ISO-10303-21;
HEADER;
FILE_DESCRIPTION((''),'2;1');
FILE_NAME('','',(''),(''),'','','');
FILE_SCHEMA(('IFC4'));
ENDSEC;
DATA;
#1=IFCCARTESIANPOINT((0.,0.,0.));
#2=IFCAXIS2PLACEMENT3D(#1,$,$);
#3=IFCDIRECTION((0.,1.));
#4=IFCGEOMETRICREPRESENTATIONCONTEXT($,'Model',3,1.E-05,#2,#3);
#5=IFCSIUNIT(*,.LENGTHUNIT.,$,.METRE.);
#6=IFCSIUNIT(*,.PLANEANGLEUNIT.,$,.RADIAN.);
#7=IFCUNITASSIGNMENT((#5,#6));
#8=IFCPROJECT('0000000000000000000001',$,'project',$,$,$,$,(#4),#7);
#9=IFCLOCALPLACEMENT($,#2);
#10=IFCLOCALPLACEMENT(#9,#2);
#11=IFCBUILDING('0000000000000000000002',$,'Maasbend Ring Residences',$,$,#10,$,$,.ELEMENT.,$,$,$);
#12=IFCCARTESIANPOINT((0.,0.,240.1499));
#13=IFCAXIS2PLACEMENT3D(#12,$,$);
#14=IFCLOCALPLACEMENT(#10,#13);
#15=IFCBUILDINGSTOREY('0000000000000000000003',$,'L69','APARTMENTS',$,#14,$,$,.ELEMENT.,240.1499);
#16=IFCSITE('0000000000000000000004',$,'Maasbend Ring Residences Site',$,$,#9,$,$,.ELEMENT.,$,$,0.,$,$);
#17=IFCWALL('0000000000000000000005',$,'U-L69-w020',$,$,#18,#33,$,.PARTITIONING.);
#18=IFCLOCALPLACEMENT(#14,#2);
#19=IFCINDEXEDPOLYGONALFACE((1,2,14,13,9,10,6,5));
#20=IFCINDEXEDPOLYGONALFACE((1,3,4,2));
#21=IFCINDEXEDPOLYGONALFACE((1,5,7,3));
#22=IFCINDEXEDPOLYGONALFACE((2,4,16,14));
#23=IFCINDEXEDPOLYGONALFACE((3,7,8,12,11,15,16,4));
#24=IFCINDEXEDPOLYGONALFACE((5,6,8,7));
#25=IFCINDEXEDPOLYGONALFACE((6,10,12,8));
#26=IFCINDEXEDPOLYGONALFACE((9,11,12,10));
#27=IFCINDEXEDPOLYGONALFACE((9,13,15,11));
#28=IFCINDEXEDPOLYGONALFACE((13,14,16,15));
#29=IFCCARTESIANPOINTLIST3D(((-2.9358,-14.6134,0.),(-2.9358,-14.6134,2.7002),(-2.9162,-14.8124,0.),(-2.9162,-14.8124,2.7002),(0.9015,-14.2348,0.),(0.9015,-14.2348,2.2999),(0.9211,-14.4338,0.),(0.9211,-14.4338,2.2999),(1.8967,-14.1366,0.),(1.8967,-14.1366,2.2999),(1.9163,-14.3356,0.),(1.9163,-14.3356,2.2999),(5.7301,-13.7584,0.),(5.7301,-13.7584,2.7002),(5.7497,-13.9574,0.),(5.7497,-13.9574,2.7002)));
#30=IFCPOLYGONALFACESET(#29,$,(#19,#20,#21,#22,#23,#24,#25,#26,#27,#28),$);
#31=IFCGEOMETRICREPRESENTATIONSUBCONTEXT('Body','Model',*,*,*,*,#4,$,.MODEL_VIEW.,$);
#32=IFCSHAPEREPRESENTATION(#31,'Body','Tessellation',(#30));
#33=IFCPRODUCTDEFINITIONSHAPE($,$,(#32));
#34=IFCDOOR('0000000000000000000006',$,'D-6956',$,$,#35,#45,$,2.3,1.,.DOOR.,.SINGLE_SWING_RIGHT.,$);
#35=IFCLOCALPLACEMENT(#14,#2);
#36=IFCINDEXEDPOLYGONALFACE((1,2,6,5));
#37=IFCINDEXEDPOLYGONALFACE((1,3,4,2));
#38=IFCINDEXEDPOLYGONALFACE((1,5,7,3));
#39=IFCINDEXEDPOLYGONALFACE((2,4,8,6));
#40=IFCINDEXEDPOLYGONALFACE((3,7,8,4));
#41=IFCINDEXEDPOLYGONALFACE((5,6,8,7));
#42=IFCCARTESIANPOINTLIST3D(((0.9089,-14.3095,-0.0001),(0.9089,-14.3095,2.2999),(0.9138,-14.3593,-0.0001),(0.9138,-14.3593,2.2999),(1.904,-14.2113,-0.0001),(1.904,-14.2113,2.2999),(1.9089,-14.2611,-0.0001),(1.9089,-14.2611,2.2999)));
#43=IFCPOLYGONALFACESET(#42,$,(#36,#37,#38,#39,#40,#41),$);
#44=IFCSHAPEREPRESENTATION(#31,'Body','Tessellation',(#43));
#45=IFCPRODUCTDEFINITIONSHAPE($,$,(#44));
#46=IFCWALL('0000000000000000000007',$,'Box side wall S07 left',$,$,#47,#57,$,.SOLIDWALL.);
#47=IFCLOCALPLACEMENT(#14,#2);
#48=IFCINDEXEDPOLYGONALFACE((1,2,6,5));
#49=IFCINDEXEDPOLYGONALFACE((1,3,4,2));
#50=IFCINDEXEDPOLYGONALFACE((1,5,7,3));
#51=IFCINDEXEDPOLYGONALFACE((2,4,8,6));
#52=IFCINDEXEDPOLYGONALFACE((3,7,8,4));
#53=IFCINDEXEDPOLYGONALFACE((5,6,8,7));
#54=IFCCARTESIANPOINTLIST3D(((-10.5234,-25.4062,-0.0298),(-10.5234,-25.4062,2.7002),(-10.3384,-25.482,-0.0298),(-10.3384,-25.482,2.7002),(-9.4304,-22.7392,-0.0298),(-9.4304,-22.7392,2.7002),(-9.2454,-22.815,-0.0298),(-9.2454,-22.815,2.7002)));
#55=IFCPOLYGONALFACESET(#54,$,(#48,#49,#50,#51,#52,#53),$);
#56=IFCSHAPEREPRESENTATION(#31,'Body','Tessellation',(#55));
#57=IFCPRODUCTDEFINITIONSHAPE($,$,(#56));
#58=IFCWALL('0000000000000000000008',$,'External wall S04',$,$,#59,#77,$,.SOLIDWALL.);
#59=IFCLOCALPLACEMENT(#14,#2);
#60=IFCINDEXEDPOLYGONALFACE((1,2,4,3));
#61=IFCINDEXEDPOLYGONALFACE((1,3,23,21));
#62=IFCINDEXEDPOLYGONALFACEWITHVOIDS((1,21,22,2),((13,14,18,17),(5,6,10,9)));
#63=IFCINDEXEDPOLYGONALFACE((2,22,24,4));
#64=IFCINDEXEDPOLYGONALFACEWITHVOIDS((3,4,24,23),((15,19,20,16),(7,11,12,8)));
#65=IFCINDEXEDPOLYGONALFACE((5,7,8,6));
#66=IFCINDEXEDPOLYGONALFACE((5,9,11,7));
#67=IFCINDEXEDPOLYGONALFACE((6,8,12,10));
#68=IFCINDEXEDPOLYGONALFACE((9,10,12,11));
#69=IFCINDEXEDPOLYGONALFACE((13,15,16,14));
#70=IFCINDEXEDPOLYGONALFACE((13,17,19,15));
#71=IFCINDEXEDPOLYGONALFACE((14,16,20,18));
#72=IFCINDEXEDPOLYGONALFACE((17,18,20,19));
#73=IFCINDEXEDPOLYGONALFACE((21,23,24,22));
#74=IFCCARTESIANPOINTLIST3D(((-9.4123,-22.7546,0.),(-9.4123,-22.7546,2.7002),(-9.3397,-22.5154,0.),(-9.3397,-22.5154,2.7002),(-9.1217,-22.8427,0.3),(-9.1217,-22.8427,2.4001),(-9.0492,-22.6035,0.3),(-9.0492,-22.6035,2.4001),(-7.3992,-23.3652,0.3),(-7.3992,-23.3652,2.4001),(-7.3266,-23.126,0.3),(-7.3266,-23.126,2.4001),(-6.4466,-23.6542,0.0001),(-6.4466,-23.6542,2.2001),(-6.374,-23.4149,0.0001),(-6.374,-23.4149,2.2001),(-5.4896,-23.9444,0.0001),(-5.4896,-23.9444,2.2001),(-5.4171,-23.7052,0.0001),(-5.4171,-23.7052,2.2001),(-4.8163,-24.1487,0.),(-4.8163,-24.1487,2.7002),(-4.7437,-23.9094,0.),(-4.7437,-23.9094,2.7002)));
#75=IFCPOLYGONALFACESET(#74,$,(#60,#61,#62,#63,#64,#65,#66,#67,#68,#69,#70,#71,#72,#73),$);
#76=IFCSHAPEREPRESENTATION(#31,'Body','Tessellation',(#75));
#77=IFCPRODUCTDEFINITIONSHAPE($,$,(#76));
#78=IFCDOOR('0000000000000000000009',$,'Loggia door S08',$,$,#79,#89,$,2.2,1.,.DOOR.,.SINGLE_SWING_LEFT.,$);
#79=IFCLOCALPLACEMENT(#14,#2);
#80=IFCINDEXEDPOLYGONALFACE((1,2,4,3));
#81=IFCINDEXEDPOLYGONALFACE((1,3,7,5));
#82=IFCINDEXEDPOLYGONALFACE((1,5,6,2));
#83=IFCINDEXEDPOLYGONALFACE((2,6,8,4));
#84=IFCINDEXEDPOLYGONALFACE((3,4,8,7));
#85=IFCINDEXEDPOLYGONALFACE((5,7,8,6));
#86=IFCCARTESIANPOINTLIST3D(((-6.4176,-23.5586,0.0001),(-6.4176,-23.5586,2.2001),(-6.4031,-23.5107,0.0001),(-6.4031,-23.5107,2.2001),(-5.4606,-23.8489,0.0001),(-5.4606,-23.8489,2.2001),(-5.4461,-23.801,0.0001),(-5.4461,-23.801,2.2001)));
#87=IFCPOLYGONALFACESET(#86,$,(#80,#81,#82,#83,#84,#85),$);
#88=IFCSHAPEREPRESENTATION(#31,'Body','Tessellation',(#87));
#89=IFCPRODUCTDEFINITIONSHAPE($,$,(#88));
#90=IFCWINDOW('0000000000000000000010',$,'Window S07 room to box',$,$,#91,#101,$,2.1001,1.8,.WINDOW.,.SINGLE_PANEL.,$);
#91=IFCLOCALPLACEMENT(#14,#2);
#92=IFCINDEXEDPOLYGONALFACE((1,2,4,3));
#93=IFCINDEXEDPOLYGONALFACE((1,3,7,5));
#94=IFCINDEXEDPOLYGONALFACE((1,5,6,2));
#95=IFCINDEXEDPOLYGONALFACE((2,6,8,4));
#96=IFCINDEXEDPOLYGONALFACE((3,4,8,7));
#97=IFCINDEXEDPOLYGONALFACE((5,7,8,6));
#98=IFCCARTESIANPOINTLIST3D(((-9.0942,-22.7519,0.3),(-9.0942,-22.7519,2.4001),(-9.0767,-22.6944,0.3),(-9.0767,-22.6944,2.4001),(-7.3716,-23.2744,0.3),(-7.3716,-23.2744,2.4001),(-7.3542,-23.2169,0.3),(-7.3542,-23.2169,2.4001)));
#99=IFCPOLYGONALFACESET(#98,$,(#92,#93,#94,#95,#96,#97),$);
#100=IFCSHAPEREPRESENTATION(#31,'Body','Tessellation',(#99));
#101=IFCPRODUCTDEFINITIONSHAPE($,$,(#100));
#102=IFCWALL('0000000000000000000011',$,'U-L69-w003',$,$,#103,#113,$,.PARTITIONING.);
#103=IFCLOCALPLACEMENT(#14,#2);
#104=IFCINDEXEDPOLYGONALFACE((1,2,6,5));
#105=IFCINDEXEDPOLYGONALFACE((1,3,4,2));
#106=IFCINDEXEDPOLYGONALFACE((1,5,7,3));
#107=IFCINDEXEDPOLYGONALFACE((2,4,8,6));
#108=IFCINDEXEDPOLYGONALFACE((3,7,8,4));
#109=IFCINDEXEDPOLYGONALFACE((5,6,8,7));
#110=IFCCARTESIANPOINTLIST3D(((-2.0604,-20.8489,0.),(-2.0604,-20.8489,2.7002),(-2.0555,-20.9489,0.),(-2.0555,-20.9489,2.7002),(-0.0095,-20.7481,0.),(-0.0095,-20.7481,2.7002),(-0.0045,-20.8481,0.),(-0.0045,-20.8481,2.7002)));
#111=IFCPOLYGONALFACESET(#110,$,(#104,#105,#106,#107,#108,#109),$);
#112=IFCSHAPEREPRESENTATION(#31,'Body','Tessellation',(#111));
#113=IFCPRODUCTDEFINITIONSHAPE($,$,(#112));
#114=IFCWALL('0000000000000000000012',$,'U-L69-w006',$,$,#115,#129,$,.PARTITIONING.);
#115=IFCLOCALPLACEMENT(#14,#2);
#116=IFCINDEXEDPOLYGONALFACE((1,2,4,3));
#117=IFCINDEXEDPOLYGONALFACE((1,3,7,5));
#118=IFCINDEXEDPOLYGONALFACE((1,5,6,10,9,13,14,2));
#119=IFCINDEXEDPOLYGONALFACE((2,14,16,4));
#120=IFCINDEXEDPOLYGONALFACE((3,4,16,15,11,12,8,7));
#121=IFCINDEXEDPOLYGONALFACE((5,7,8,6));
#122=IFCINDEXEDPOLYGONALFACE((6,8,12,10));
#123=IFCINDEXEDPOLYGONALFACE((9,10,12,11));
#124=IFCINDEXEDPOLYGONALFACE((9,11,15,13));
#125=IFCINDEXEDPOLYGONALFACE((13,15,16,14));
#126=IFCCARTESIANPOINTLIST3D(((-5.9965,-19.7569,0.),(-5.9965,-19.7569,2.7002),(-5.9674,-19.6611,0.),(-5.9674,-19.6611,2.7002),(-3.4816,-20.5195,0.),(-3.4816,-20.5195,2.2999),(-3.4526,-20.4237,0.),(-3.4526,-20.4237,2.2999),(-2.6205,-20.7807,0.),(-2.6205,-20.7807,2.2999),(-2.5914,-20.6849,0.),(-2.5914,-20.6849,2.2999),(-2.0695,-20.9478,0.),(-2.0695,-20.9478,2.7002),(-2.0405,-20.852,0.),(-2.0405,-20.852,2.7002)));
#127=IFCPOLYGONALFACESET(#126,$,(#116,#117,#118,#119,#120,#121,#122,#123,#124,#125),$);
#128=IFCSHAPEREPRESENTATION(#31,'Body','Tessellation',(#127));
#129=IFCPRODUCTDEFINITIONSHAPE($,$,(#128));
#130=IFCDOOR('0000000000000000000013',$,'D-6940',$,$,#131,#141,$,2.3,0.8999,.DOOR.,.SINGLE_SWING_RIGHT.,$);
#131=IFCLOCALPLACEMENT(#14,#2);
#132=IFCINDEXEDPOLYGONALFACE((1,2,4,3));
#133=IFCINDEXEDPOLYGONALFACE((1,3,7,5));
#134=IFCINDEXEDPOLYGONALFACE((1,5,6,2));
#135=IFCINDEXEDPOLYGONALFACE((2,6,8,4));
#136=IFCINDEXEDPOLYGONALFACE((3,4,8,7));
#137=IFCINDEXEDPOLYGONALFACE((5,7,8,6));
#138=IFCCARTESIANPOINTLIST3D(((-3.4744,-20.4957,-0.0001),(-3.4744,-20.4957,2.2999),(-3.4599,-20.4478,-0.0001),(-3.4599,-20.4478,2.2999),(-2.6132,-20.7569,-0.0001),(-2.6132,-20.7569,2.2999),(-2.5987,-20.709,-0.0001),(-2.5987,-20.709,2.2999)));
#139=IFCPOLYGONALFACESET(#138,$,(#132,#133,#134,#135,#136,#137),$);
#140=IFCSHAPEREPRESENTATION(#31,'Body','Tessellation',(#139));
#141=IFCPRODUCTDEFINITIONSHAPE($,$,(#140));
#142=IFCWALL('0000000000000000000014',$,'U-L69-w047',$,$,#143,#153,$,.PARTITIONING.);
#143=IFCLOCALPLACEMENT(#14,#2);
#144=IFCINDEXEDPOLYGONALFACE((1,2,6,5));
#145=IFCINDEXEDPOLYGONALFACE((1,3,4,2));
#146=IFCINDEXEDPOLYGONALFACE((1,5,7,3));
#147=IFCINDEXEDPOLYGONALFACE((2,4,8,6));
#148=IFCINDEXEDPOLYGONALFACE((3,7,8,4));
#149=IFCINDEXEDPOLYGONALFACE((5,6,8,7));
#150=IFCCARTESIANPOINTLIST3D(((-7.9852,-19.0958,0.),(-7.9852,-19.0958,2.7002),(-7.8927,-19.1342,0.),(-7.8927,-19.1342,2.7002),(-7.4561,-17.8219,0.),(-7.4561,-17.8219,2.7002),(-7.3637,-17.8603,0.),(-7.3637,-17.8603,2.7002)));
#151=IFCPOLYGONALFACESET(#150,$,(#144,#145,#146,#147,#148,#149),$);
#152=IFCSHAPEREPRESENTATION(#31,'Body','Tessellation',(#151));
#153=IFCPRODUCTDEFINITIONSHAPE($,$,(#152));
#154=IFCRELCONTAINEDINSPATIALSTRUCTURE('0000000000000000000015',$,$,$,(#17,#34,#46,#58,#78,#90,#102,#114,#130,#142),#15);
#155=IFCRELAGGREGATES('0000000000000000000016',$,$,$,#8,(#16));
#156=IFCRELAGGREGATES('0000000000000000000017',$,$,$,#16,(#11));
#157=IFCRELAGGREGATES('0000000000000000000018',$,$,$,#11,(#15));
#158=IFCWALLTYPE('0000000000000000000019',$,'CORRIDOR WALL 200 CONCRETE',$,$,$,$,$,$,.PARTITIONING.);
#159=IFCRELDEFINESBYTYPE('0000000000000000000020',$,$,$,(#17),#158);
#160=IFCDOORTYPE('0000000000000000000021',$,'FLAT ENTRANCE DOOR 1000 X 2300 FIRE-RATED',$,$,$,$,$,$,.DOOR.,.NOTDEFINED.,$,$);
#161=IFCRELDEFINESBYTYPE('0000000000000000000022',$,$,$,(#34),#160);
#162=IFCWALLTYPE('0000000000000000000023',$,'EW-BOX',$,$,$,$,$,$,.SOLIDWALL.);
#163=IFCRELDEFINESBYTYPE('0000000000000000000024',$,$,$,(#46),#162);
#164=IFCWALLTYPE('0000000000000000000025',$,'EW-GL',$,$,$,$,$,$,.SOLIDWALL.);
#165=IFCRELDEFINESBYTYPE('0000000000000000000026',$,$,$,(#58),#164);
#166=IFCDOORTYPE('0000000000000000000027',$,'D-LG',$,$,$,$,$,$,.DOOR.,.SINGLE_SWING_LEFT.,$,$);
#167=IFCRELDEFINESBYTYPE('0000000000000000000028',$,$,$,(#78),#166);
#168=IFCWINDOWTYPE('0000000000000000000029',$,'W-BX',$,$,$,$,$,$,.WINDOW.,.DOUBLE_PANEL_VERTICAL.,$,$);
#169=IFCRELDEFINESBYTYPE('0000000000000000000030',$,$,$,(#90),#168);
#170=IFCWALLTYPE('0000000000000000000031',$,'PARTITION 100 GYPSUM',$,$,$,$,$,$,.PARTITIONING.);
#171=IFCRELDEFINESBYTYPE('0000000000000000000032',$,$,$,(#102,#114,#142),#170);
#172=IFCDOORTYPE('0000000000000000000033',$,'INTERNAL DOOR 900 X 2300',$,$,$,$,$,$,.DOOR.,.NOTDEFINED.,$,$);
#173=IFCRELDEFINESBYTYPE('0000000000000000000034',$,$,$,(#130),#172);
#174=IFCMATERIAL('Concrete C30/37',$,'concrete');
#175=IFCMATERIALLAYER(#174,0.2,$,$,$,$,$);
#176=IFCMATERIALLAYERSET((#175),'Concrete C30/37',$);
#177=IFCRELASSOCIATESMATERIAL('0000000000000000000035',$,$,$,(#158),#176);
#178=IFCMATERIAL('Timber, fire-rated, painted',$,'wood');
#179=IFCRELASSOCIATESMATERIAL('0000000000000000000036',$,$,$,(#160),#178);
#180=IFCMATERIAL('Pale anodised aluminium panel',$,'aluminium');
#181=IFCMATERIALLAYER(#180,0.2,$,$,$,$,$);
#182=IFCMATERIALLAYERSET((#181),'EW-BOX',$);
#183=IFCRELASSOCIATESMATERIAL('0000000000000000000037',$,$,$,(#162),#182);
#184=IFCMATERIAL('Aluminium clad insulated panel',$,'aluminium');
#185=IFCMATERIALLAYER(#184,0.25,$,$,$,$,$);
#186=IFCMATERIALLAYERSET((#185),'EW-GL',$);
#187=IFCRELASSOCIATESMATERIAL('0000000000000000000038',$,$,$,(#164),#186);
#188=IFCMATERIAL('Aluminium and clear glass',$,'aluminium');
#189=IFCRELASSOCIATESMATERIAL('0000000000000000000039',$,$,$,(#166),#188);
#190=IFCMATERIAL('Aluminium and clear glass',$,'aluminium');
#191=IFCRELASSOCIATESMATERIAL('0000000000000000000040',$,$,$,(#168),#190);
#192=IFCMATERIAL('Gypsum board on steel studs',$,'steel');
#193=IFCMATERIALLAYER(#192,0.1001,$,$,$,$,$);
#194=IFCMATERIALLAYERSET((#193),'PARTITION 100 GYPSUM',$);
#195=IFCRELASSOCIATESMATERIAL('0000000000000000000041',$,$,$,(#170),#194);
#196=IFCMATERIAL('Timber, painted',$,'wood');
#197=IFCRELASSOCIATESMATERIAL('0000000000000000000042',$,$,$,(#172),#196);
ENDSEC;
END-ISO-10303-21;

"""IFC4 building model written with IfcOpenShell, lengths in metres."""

from ifc_helpers import new_model, si_unit, direction, frame, frame_2d, origin, place, context, subcontext, project, spatial, rectangle, extrude, material, layer, layer_set, type_object, element, fill, save


model = new_model("IFC4")

# Units and contexts
model_context = context("Model", 3, precision=1e-05, world=origin(), true_north=direction((0.0, 1.0)))
body_context = subcontext(model_context, "Body", "Model", "MODEL_VIEW")
ifc_project = project(units=[si_unit("LENGTHUNIT", "METRE"), si_unit("PLANEANGLEUNIT", "RADIAN")], contexts=[model_context])

# Site, building, storey
site_placement = place(None, origin())
site = spatial("IfcSite", under=ifc_project, at=site_placement, Name="Maasbend Ring Residences Site", CompositionType="ELEMENT", RefElevation=0.0)
building_placement = place(site_placement, origin())
building = spatial("IfcBuilding", under=site, at=building_placement, Name="Maasbend Ring Residences", CompositionType="ELEMENT")
storey_placement = place(building_placement, frame((0.0, 0.0, 240.1499)))
storey = spatial("IfcBuildingStorey", under=building, at=storey_placement, Name="L69", Description="APARTMENTS", CompositionType="ELEMENT", Elevation=240.1499)

# Wall, opening, door
ifc_material_1 = material(Name="Concrete C30/37", Category="concrete")
ifc_layer_1 = layer(ifc_material_1, 0.2)
ifc_layer_set_1 = layer_set([ifc_layer_1], Name="Concrete C30/37")
wall_type_1 = type_object("IfcWallType", Name="CORRIDOR WALL 200 CONCRETE", PredefinedType="PARTITIONING", material=ifc_layer_set_1)
ifc_material_2 = material(Name="Timber, fire-rated, painted", Category="wood")
door_type_1 = type_object("IfcDoorType", Name="FLAT ENTRANCE DOOR 1000 X 2300 FIRE-RATED", OperationType="NOTDEFINED", PredefinedType="DOOR", material=ifc_material_2)
wall_1_placement = place(storey_placement, frame((-2.926, -14.7129, 0.0), z_axis=(0.0, 0.0, 1.0), x_axis=(0.995168, 0.098182, 0.0)))
wall_1 = element("IfcWall", 1, at=wall_1_placement, inside=storey, type_object=wall_type_1, Name="U-L69-w020", PredefinedType="PARTITIONING", context=body_context, shape_type="SweptSolid", body=[
    extrude(rectangle(XDim=8.708, YDim=0.2, at=frame_2d((4.354, 0.0))), origin(), (0.0, 0.0, 1.0), 2.7002),
])
opening_1_placement = place(wall_1_placement, frame((3.856, 0.0, 0.0)))
opening_1 = element("IfcOpeningElement", 2, at=opening_1_placement, cuts=wall_1, PredefinedType="OPENING", context=body_context, shape_type="SweptSolid", body=[
    extrude(rectangle(XDim=1.0, YDim=2.3, at=frame_2d((0.5, 1.1499))), frame((0.0, 0.1099, 0.0), z_axis=(0.0, -1.0, 0.0), x_axis=(1.0, 0.0, 0.0)), (0.0, 0.0, 1.0), 0.22),
])
door_1_placement = place(opening_1_placement, origin())
door_1 = element("IfcDoor", 3, at=door_1_placement, inside=storey, type_object=door_type_1, Name="D-6956", OperationType="SINGLE_SWING_RIGHT", OverallHeight=2.3, OverallWidth=1.0, PredefinedType="DOOR", context=body_context, shape_type="SweptSolid", body=[
    extrude(rectangle(XDim=1.0, YDim=2.3, at=frame_2d((0.5, 1.1499))), frame((0.0, 0.0249, 0.0), z_axis=(0.0, -1.0, 0.0), x_axis=(1.0, 0.0, 0.0)), (0.0, 0.0, 1.0), 0.05),
])
fill(opening_1, door_1)

# Wall
ifc_material_3 = material(Name="Pale anodised aluminium panel", Category="aluminium")
ifc_layer_2 = layer(ifc_material_3, 0.2)
ifc_layer_set_2 = layer_set([ifc_layer_2], Name="EW-BOX")
wall_type_2 = type_object("IfcWallType", Name="EW-BOX", PredefinedType="SOLIDWALL", material=ifc_layer_set_2)
wall_2_placement = place(storey_placement, frame((-9.3379, -22.7771, -0.0298), z_axis=(0.0, 0.0, 1.0), x_axis=(-0.37922, -0.925307, 0.0)))
element("IfcWall", 4, at=wall_2_placement, inside=storey, type_object=wall_type_2, Name="Box side wall S07 left", PredefinedType="SOLIDWALL", context=body_context, shape_type="SweptSolid", body=[
    extrude(rectangle(XDim=2.8823, YDim=0.2, at=frame_2d((1.4412, 0.0))), origin(), (0.0, 0.0, 1.0), 2.73),
])

# Wall, openings, door, window
ifc_material_4 = material(Name="Aluminium clad insulated panel", Category="aluminium")
ifc_layer_3 = layer(ifc_material_4, 0.25)
ifc_layer_set_3 = layer_set([ifc_layer_3], Name="EW-GL")
wall_type_3 = type_object("IfcWallType", Name="EW-GL", PredefinedType="SOLIDWALL", material=ifc_layer_set_3)
wall_3_placement = place(storey_placement, frame((-9.376, -22.635, 0.0), z_axis=(0.0, 0.0, 1.0), x_axis=(0.956947, -0.290261, 0.0)))
wall_3 = element("IfcWall", 5, at=wall_3_placement, inside=storey, type_object=wall_type_3, Name="External wall S04", PredefinedType="SOLIDWALL", context=body_context, shape_type="SweptSolid", body=[
    extrude(rectangle(XDim=4.8027, YDim=0.25, at=frame_2d((2.4014, 0.0))), origin(), (0.0, 0.0, 1.0), 2.7002),
])
opening_2_placement = place(wall_3_placement, frame((0.3037, 0.0, 0.3)))
opening_2 = element("IfcOpeningElement", 6, at=opening_2_placement, cuts=wall_3, PredefinedType="OPENING", context=body_context, shape_type="SweptSolid", body=[
    extrude(rectangle(XDim=1.8, YDim=2.1001, at=frame_2d((0.8999, 1.05))), frame((0.0, 0.135, 0.0), z_axis=(0.0, -1.0, 0.0), x_axis=(1.0, 0.0, 0.0)), (0.0, 0.0, 1.0), 0.27),
])
opening_3_placement = place(wall_3_placement, frame((3.0991, 0.0, 0.0)))
opening_3 = element("IfcOpeningElement", 7, at=opening_3_placement, cuts=wall_3, PredefinedType="OPENING", context=body_context, shape_type="SweptSolid", body=[
    extrude(rectangle(XDim=1.0, YDim=2.2, at=frame_2d((0.5, 1.1001))), frame((0.0, 0.135, 0.0), z_axis=(0.0, -1.0, 0.0), x_axis=(1.0, 0.0, 0.0)), (0.0, 0.0, 1.0), 0.27),
])
ifc_material_5 = material(Name="Aluminium and clear glass", Category="aluminium")
door_type_2 = type_object("IfcDoorType", Name="D-LG", OperationType="SINGLE_SWING_LEFT", PredefinedType="DOOR", material=ifc_material_5)
door_2_placement = place(opening_3_placement, origin())
door_2 = element("IfcDoor", 8, at=door_2_placement, inside=storey, type_object=door_type_2, Name="Loggia door S08", OperationType="SINGLE_SWING_LEFT", OverallHeight=2.2, OverallWidth=1.0, PredefinedType="DOOR", context=body_context, shape_type="SweptSolid", body=[
    extrude(rectangle(XDim=1.0, YDim=2.2, at=frame_2d((0.5, 1.1001))), frame((0.0, 0.0249, 0.0), z_axis=(0.0, -1.0, 0.0), x_axis=(1.0, 0.0, 0.0)), (0.0, 0.0, 1.0), 0.05),
])
fill(opening_3, door_2)
ifc_material_6 = material(Name="Aluminium and clear glass", Category="aluminium")
window_type = type_object("IfcWindowType", Name="W-BX", PartitioningType="DOUBLE_PANEL_VERTICAL", PredefinedType="WINDOW", material=ifc_material_6)
window_placement = place(opening_2_placement, origin())
window = element("IfcWindow", 9, at=window_placement, inside=storey, type_object=window_type, Name="Window S07 room to box", OverallHeight=2.1001, OverallWidth=1.8, PartitioningType="SINGLE_PANEL", PredefinedType="WINDOW", context=body_context, shape_type="SweptSolid", body=[
    extrude(rectangle(XDim=1.8, YDim=2.1001, at=frame_2d((0.8999, 1.05))), frame((0.0, 0.03, 0.0), z_axis=(0.0, -1.0, 0.0), x_axis=(1.0, 0.0, 0.0)), (0.0, 0.0, 1.0), 0.0601),
])
fill(opening_2, window)

# Wall
ifc_material_7 = material(Name="Gypsum board on steel studs", Category="steel")
ifc_layer_4 = layer(ifc_material_7, 0.1001)
ifc_layer_set_4 = layer_set([ifc_layer_4], Name="PARTITION 100 GYPSUM")
wall_type_4 = type_object("IfcWallType", Name="PARTITION 100 GYPSUM", PredefinedType="PARTITIONING", material=ifc_layer_set_4)
wall_4_placement = place(storey_placement, frame((-2.0581, -20.8989, 0.0), z_axis=(0.0, 0.0, 1.0), x_axis=(0.998794, 0.049102, 0.0)))
element("IfcWall", 10, at=wall_4_placement, inside=storey, type_object=wall_type_4, Name="U-L69-w003", PredefinedType="PARTITIONING", context=body_context, shape_type="SweptSolid", body=[
    extrude(rectangle(XDim=2.0535, YDim=0.1001, at=frame_2d((1.0269, 0.0))), origin(), (0.0, 0.0, 1.0), 2.7002),
])

# Wall, opening, door
wall_5_placement = place(storey_placement, frame((-5.9819, -19.709, 0.0), z_axis=(0.0, 0.0, 1.0), x_axis=(0.956962, -0.290212, 0.0)))
wall_5 = element("IfcWall", 11, at=wall_5_placement, inside=storey, type_object=wall_type_4, Name="U-L69-w006", PredefinedType="PARTITIONING", context=body_context, shape_type="SweptSolid", body=[
    extrude(rectangle(XDim=4.1035, YDim=0.1001, at=frame_2d((2.0518, 0.0))), origin(), (0.0, 0.0, 1.0), 2.7002),
])
opening_4_placement = place(wall_5_placement, frame((2.6279, 0.0, 0.0)))
opening_4 = element("IfcOpeningElement", 12, at=opening_4_placement, cuts=wall_5, PredefinedType="OPENING", context=body_context, shape_type="SweptSolid", body=[
    extrude(rectangle(XDim=0.8999, YDim=2.3, at=frame_2d((0.45, 1.1499))), frame((0.0, 0.0601, 0.0), z_axis=(0.0, -1.0, 0.0), x_axis=(1.0, 0.0, 0.0)), (0.0, 0.0, 1.0), 0.1201),
])
ifc_material_8 = material(Name="Timber, painted", Category="wood")
door_type_3 = type_object("IfcDoorType", Name="INTERNAL DOOR 900 X 2300", OperationType="NOTDEFINED", PredefinedType="DOOR", material=ifc_material_8)
door_3_placement = place(opening_4_placement, origin())
door_3 = element("IfcDoor", 13, at=door_3_placement, inside=storey, type_object=door_type_3, Name="D-6940", OperationType="SINGLE_SWING_RIGHT", OverallHeight=2.3, OverallWidth=0.8999, PredefinedType="DOOR", context=body_context, shape_type="SweptSolid", body=[
    extrude(rectangle(XDim=0.8999, YDim=2.3, at=frame_2d((0.45, 1.1499))), frame((0.0, 0.0249, 0.0), z_axis=(0.0, -1.0, 0.0), x_axis=(1.0, 0.0, 0.0)), (0.0, 0.0, 1.0), 0.05),
])
fill(opening_4, door_3)

# Wall
wall_6_placement = place(storey_placement, frame((-7.939, -19.115, 0.0), z_axis=(0.0, 0.0, 1.0), x_axis=(0.383534, 0.923527, 0.0)))
element("IfcWall", 14, at=wall_6_placement, inside=storey, type_object=wall_type_4, Name="U-L69-w047", PredefinedType="PARTITIONING", context=body_context, shape_type="SweptSolid", body=[
    extrude(rectangle(XDim=1.3794, YDim=0.1001, at=frame_2d((0.6897, 0.0))), origin(), (0.0, 0.0, 1.0), 2.7002),
])

save(model, "model.ifc")
